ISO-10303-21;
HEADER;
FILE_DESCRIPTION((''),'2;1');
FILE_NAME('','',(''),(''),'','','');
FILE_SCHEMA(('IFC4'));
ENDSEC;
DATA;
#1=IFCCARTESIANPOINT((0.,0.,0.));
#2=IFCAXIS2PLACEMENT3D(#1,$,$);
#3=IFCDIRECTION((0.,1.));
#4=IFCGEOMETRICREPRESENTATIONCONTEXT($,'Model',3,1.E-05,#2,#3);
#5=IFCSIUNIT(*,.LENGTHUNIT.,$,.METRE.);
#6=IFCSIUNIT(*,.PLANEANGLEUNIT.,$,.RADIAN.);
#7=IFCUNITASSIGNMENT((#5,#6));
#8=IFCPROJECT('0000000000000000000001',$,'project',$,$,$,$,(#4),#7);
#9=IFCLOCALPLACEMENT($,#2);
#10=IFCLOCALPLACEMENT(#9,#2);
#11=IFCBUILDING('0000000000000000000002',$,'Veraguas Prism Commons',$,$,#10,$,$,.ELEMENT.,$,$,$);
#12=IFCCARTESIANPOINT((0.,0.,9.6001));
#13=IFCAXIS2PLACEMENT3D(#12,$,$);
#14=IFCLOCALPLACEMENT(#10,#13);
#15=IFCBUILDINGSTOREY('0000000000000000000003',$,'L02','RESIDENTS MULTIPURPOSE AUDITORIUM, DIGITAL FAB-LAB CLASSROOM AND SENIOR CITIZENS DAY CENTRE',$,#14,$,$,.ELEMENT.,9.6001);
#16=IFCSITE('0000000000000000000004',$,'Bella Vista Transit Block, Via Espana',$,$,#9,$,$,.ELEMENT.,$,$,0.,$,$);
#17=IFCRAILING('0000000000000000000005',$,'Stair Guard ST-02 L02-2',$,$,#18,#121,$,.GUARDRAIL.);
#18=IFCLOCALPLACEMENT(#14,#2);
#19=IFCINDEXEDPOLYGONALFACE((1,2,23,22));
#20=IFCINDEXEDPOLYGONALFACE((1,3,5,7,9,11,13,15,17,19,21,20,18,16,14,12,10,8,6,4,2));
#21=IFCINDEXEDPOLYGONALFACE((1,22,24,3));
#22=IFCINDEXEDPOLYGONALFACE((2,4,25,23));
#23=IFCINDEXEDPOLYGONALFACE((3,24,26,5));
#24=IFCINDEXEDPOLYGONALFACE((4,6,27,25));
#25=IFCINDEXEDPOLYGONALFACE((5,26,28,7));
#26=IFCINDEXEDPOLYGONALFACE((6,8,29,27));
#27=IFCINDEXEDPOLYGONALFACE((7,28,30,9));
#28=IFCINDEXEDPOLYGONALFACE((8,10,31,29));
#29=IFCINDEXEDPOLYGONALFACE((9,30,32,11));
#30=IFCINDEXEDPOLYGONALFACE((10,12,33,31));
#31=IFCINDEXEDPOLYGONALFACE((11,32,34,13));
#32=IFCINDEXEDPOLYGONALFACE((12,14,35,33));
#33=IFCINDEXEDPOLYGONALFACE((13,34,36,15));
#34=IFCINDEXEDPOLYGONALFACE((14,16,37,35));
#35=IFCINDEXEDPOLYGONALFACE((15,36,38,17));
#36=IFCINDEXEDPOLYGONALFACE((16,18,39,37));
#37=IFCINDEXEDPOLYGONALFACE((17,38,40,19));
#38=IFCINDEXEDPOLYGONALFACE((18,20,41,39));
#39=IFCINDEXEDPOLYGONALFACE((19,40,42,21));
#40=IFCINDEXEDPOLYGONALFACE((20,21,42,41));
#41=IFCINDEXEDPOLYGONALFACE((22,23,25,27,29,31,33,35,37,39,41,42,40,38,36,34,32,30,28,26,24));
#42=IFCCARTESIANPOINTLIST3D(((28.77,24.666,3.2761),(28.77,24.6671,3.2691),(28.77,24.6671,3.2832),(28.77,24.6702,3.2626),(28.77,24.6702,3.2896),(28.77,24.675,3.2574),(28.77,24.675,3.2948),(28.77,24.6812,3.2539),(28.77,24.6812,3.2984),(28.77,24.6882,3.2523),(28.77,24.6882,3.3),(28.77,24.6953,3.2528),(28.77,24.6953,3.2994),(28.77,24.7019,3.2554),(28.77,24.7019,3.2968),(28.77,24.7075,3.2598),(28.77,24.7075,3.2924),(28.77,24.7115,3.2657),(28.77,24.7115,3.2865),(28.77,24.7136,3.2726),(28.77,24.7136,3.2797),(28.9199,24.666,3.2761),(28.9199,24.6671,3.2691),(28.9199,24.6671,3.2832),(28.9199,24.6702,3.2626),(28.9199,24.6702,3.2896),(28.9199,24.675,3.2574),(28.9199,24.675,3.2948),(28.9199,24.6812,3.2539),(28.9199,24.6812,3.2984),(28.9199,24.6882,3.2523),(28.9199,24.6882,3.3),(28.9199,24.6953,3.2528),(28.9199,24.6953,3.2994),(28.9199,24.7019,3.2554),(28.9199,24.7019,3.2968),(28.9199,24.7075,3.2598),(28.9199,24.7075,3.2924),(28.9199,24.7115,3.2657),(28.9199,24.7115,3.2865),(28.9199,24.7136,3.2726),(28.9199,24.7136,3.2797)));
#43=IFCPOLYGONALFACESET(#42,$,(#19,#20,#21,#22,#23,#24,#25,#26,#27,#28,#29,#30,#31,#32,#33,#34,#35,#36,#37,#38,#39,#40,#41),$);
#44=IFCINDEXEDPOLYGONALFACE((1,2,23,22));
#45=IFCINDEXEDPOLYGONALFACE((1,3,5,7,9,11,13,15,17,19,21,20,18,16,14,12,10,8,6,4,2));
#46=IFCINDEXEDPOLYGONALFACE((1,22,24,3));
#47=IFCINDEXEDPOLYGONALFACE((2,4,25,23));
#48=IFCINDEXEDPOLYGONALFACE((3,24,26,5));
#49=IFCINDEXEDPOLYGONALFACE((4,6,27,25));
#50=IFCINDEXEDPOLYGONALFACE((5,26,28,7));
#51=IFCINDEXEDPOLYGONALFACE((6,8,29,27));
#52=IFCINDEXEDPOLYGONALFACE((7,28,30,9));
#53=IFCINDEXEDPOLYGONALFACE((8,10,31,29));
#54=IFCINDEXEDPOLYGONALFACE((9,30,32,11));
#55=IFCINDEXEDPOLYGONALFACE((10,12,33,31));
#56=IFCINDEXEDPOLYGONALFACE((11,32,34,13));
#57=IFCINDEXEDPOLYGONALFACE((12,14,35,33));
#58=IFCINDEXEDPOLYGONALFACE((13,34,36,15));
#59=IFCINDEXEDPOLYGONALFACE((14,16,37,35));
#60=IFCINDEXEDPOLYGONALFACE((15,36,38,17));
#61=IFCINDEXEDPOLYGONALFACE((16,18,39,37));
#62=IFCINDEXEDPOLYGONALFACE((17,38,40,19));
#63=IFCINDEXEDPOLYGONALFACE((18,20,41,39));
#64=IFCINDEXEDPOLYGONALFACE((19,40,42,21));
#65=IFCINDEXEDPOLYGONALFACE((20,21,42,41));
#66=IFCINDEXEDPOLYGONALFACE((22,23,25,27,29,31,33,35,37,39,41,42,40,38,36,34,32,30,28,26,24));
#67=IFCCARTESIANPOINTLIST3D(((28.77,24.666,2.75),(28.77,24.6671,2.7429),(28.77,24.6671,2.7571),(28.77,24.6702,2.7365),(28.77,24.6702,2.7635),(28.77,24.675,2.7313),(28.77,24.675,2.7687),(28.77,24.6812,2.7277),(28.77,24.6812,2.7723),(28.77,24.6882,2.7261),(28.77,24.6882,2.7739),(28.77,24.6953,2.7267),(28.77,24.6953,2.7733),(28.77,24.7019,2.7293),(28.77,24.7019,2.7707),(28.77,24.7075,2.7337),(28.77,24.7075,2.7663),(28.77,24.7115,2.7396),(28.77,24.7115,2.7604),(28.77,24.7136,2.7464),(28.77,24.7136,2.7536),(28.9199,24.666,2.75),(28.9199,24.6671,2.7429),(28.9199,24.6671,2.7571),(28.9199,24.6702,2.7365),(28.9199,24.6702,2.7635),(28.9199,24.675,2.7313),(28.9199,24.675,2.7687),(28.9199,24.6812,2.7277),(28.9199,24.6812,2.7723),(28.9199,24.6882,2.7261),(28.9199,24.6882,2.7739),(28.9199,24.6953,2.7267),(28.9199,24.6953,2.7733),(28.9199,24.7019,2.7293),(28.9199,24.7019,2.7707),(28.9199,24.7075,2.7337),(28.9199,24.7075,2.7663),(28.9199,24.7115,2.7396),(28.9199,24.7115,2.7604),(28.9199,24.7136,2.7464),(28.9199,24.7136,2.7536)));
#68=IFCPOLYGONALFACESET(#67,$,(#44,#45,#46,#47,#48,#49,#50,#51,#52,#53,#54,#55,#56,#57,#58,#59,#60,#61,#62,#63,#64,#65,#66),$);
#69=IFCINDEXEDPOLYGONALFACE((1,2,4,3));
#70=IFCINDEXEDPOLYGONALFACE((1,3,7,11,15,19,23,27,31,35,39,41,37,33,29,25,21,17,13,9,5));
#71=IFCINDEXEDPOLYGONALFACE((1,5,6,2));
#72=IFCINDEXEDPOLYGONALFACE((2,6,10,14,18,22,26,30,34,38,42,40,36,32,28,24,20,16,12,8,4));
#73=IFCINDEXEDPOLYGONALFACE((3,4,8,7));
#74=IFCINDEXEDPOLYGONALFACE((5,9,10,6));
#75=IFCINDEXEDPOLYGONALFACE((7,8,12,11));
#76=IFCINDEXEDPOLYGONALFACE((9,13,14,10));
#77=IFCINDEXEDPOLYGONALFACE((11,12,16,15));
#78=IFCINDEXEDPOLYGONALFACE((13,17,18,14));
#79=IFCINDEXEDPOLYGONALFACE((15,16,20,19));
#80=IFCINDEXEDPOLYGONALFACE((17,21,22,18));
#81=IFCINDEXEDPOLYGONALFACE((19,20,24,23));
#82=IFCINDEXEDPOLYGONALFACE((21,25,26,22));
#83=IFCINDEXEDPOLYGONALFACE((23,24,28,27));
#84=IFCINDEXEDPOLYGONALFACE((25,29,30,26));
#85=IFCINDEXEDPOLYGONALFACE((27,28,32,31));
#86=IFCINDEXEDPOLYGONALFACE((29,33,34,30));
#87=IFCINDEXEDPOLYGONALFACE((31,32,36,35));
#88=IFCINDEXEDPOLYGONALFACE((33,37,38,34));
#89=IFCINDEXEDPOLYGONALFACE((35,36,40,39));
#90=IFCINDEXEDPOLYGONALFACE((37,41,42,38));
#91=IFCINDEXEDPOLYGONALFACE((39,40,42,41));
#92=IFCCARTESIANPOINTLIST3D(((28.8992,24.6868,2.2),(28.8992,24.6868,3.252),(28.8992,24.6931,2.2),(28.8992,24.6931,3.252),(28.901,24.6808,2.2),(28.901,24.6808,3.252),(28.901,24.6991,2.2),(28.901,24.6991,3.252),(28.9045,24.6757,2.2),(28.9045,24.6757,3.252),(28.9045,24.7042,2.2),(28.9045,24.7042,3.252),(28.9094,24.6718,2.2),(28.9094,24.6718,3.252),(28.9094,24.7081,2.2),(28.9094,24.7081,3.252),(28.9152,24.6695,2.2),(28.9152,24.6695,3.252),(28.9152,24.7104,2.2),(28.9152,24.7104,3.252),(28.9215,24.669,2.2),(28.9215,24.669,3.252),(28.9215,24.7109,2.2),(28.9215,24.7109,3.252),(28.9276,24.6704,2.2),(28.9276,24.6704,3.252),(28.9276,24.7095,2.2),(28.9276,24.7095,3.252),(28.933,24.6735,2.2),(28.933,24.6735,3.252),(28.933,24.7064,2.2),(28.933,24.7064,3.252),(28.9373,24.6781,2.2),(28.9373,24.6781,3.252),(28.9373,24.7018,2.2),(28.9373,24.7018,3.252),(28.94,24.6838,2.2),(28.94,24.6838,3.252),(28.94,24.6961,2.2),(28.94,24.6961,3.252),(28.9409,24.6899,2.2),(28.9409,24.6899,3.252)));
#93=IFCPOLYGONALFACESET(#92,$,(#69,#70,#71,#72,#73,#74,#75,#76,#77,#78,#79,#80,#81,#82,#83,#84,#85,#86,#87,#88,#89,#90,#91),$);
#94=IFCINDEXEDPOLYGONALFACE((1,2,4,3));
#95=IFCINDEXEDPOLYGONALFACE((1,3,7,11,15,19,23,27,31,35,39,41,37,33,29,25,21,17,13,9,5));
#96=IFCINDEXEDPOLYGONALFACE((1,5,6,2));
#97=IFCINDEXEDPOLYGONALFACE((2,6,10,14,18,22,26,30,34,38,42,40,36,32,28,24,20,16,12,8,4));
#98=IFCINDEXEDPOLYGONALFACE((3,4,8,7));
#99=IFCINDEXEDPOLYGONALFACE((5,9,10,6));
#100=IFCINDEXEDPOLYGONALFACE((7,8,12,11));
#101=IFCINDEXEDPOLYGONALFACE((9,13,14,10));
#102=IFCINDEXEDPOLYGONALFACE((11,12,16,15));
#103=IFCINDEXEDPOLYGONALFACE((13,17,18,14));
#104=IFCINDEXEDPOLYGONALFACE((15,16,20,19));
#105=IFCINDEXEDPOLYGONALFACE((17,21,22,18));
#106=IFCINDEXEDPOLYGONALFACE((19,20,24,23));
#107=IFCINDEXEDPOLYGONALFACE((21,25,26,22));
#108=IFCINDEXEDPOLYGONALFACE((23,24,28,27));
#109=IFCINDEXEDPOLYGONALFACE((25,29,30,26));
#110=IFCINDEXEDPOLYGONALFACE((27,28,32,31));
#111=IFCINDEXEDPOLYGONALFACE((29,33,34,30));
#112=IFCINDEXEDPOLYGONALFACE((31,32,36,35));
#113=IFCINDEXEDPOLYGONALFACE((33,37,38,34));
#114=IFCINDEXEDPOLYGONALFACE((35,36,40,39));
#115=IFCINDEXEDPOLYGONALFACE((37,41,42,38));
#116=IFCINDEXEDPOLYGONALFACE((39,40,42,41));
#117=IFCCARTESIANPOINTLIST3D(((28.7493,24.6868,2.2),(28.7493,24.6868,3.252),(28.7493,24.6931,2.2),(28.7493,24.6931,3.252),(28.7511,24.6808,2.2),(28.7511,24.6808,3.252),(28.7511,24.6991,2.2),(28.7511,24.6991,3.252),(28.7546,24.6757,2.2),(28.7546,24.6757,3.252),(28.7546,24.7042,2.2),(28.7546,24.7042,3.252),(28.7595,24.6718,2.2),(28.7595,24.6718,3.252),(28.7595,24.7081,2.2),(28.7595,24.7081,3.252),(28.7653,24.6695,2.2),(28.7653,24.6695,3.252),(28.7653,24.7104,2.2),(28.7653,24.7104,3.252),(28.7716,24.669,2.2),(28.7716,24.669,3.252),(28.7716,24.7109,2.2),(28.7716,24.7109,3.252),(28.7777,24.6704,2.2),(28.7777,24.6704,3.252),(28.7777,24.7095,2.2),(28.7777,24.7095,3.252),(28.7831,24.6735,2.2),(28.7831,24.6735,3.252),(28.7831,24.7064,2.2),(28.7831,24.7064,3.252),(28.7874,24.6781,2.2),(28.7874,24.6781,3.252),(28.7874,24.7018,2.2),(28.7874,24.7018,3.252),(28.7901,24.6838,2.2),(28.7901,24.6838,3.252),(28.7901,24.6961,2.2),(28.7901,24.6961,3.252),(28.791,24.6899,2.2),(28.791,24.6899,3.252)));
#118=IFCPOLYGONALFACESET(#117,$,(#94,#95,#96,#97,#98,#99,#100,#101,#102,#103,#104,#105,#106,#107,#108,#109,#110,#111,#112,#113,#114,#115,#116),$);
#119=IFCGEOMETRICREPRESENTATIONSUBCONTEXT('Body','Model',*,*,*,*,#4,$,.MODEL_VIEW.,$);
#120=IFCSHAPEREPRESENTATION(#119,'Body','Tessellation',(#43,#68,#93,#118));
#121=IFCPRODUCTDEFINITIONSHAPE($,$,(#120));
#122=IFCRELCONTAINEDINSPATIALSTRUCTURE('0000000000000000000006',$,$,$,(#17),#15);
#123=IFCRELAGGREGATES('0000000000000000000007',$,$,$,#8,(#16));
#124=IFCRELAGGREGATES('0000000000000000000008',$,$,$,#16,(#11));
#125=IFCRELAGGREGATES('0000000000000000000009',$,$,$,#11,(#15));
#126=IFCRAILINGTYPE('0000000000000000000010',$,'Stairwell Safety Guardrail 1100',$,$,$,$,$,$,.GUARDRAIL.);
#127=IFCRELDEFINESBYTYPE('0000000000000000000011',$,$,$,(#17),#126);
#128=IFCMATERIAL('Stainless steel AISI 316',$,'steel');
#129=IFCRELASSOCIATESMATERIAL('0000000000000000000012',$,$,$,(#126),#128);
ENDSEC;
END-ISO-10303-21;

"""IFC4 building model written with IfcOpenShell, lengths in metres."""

from ifc_helpers import new_model, si_unit, direction, frame, origin, origin_2d, place, context, subcontext, project, spatial, circle, extrude, material, type_object, element, save


model = new_model("IFC4")

# Units and contexts
model_context = context("Model", 3, precision=1e-05, world=origin(), true_north=direction((0.0, 1.0)))
body_context = subcontext(model_context, "Body", "Model", "MODEL_VIEW")
ifc_project = project(units=[si_unit("LENGTHUNIT", "METRE"), si_unit("PLANEANGLEUNIT", "RADIAN")], contexts=[model_context])

# Site, building, storey
site_placement = place(None, origin())
site = spatial("IfcSite", under=ifc_project, at=site_placement, Name="Bella Vista Transit Block, Via Espana", CompositionType="ELEMENT", RefElevation=0.0)
building_placement = place(site_placement, origin())
building = spatial("IfcBuilding", under=site, at=building_placement, Name="Veraguas Prism Commons", CompositionType="ELEMENT")
storey_placement = place(building_placement, frame((0.0, 0.0, 9.6001)))
storey = spatial("IfcBuildingStorey", under=building, at=storey_placement, Name="L02", Description="RESIDENTS MULTIPURPOSE AUDITORIUM, DIGITAL FAB-LAB CLASSROOM AND SENIOR CITIZENS DAY CENTRE", CompositionType="ELEMENT", Elevation=9.6001)

# Railing
ifc_material_1 = material(Name="Stainless steel AISI 316", Category="steel")
railing_type_1 = type_object("IfcRailingType", Name="Stairwell Safety Guardrail 1100", PredefinedType="GUARDRAIL", material=ifc_material_1)
railing_1_placement = place(storey_placement, frame((28.9199, 24.6899, 2.2)))
element("IfcRailing", 1, at=railing_1_placement, inside=storey, type_object=railing_type_1, Name="Stair Guard ST-02 L02-2", PredefinedType="GUARDRAIL", context=body_context, shape_type="SweptSolid", body=[
    extrude(circle(Radius=0.0239, at=origin_2d()), frame((0.0, 0.0, 1.0762), z_axis=(-1.0, 0.0, 0.0), x_axis=(0.0, -1.0, 0.0)), (0.0, 0.0, 1.0), 0.1499),
    extrude(circle(Radius=0.0239, at=origin_2d()), frame((0.0, 0.0, 0.55), z_axis=(-1.0, 0.0, 0.0), x_axis=(0.0, -1.0, 0.0)), (0.0, 0.0, 1.0), 0.1499),
    extrude(circle(Radius=0.021, at=origin_2d()), origin(), (0.0, 0.0, 1.0), 1.052),
    extrude(circle(Radius=0.021, at=origin_2d()), frame((-0.1499, 0.0, 0.0)), (0.0, 0.0, 1.0), 1.052),
])

save(model, "model.ifc")
